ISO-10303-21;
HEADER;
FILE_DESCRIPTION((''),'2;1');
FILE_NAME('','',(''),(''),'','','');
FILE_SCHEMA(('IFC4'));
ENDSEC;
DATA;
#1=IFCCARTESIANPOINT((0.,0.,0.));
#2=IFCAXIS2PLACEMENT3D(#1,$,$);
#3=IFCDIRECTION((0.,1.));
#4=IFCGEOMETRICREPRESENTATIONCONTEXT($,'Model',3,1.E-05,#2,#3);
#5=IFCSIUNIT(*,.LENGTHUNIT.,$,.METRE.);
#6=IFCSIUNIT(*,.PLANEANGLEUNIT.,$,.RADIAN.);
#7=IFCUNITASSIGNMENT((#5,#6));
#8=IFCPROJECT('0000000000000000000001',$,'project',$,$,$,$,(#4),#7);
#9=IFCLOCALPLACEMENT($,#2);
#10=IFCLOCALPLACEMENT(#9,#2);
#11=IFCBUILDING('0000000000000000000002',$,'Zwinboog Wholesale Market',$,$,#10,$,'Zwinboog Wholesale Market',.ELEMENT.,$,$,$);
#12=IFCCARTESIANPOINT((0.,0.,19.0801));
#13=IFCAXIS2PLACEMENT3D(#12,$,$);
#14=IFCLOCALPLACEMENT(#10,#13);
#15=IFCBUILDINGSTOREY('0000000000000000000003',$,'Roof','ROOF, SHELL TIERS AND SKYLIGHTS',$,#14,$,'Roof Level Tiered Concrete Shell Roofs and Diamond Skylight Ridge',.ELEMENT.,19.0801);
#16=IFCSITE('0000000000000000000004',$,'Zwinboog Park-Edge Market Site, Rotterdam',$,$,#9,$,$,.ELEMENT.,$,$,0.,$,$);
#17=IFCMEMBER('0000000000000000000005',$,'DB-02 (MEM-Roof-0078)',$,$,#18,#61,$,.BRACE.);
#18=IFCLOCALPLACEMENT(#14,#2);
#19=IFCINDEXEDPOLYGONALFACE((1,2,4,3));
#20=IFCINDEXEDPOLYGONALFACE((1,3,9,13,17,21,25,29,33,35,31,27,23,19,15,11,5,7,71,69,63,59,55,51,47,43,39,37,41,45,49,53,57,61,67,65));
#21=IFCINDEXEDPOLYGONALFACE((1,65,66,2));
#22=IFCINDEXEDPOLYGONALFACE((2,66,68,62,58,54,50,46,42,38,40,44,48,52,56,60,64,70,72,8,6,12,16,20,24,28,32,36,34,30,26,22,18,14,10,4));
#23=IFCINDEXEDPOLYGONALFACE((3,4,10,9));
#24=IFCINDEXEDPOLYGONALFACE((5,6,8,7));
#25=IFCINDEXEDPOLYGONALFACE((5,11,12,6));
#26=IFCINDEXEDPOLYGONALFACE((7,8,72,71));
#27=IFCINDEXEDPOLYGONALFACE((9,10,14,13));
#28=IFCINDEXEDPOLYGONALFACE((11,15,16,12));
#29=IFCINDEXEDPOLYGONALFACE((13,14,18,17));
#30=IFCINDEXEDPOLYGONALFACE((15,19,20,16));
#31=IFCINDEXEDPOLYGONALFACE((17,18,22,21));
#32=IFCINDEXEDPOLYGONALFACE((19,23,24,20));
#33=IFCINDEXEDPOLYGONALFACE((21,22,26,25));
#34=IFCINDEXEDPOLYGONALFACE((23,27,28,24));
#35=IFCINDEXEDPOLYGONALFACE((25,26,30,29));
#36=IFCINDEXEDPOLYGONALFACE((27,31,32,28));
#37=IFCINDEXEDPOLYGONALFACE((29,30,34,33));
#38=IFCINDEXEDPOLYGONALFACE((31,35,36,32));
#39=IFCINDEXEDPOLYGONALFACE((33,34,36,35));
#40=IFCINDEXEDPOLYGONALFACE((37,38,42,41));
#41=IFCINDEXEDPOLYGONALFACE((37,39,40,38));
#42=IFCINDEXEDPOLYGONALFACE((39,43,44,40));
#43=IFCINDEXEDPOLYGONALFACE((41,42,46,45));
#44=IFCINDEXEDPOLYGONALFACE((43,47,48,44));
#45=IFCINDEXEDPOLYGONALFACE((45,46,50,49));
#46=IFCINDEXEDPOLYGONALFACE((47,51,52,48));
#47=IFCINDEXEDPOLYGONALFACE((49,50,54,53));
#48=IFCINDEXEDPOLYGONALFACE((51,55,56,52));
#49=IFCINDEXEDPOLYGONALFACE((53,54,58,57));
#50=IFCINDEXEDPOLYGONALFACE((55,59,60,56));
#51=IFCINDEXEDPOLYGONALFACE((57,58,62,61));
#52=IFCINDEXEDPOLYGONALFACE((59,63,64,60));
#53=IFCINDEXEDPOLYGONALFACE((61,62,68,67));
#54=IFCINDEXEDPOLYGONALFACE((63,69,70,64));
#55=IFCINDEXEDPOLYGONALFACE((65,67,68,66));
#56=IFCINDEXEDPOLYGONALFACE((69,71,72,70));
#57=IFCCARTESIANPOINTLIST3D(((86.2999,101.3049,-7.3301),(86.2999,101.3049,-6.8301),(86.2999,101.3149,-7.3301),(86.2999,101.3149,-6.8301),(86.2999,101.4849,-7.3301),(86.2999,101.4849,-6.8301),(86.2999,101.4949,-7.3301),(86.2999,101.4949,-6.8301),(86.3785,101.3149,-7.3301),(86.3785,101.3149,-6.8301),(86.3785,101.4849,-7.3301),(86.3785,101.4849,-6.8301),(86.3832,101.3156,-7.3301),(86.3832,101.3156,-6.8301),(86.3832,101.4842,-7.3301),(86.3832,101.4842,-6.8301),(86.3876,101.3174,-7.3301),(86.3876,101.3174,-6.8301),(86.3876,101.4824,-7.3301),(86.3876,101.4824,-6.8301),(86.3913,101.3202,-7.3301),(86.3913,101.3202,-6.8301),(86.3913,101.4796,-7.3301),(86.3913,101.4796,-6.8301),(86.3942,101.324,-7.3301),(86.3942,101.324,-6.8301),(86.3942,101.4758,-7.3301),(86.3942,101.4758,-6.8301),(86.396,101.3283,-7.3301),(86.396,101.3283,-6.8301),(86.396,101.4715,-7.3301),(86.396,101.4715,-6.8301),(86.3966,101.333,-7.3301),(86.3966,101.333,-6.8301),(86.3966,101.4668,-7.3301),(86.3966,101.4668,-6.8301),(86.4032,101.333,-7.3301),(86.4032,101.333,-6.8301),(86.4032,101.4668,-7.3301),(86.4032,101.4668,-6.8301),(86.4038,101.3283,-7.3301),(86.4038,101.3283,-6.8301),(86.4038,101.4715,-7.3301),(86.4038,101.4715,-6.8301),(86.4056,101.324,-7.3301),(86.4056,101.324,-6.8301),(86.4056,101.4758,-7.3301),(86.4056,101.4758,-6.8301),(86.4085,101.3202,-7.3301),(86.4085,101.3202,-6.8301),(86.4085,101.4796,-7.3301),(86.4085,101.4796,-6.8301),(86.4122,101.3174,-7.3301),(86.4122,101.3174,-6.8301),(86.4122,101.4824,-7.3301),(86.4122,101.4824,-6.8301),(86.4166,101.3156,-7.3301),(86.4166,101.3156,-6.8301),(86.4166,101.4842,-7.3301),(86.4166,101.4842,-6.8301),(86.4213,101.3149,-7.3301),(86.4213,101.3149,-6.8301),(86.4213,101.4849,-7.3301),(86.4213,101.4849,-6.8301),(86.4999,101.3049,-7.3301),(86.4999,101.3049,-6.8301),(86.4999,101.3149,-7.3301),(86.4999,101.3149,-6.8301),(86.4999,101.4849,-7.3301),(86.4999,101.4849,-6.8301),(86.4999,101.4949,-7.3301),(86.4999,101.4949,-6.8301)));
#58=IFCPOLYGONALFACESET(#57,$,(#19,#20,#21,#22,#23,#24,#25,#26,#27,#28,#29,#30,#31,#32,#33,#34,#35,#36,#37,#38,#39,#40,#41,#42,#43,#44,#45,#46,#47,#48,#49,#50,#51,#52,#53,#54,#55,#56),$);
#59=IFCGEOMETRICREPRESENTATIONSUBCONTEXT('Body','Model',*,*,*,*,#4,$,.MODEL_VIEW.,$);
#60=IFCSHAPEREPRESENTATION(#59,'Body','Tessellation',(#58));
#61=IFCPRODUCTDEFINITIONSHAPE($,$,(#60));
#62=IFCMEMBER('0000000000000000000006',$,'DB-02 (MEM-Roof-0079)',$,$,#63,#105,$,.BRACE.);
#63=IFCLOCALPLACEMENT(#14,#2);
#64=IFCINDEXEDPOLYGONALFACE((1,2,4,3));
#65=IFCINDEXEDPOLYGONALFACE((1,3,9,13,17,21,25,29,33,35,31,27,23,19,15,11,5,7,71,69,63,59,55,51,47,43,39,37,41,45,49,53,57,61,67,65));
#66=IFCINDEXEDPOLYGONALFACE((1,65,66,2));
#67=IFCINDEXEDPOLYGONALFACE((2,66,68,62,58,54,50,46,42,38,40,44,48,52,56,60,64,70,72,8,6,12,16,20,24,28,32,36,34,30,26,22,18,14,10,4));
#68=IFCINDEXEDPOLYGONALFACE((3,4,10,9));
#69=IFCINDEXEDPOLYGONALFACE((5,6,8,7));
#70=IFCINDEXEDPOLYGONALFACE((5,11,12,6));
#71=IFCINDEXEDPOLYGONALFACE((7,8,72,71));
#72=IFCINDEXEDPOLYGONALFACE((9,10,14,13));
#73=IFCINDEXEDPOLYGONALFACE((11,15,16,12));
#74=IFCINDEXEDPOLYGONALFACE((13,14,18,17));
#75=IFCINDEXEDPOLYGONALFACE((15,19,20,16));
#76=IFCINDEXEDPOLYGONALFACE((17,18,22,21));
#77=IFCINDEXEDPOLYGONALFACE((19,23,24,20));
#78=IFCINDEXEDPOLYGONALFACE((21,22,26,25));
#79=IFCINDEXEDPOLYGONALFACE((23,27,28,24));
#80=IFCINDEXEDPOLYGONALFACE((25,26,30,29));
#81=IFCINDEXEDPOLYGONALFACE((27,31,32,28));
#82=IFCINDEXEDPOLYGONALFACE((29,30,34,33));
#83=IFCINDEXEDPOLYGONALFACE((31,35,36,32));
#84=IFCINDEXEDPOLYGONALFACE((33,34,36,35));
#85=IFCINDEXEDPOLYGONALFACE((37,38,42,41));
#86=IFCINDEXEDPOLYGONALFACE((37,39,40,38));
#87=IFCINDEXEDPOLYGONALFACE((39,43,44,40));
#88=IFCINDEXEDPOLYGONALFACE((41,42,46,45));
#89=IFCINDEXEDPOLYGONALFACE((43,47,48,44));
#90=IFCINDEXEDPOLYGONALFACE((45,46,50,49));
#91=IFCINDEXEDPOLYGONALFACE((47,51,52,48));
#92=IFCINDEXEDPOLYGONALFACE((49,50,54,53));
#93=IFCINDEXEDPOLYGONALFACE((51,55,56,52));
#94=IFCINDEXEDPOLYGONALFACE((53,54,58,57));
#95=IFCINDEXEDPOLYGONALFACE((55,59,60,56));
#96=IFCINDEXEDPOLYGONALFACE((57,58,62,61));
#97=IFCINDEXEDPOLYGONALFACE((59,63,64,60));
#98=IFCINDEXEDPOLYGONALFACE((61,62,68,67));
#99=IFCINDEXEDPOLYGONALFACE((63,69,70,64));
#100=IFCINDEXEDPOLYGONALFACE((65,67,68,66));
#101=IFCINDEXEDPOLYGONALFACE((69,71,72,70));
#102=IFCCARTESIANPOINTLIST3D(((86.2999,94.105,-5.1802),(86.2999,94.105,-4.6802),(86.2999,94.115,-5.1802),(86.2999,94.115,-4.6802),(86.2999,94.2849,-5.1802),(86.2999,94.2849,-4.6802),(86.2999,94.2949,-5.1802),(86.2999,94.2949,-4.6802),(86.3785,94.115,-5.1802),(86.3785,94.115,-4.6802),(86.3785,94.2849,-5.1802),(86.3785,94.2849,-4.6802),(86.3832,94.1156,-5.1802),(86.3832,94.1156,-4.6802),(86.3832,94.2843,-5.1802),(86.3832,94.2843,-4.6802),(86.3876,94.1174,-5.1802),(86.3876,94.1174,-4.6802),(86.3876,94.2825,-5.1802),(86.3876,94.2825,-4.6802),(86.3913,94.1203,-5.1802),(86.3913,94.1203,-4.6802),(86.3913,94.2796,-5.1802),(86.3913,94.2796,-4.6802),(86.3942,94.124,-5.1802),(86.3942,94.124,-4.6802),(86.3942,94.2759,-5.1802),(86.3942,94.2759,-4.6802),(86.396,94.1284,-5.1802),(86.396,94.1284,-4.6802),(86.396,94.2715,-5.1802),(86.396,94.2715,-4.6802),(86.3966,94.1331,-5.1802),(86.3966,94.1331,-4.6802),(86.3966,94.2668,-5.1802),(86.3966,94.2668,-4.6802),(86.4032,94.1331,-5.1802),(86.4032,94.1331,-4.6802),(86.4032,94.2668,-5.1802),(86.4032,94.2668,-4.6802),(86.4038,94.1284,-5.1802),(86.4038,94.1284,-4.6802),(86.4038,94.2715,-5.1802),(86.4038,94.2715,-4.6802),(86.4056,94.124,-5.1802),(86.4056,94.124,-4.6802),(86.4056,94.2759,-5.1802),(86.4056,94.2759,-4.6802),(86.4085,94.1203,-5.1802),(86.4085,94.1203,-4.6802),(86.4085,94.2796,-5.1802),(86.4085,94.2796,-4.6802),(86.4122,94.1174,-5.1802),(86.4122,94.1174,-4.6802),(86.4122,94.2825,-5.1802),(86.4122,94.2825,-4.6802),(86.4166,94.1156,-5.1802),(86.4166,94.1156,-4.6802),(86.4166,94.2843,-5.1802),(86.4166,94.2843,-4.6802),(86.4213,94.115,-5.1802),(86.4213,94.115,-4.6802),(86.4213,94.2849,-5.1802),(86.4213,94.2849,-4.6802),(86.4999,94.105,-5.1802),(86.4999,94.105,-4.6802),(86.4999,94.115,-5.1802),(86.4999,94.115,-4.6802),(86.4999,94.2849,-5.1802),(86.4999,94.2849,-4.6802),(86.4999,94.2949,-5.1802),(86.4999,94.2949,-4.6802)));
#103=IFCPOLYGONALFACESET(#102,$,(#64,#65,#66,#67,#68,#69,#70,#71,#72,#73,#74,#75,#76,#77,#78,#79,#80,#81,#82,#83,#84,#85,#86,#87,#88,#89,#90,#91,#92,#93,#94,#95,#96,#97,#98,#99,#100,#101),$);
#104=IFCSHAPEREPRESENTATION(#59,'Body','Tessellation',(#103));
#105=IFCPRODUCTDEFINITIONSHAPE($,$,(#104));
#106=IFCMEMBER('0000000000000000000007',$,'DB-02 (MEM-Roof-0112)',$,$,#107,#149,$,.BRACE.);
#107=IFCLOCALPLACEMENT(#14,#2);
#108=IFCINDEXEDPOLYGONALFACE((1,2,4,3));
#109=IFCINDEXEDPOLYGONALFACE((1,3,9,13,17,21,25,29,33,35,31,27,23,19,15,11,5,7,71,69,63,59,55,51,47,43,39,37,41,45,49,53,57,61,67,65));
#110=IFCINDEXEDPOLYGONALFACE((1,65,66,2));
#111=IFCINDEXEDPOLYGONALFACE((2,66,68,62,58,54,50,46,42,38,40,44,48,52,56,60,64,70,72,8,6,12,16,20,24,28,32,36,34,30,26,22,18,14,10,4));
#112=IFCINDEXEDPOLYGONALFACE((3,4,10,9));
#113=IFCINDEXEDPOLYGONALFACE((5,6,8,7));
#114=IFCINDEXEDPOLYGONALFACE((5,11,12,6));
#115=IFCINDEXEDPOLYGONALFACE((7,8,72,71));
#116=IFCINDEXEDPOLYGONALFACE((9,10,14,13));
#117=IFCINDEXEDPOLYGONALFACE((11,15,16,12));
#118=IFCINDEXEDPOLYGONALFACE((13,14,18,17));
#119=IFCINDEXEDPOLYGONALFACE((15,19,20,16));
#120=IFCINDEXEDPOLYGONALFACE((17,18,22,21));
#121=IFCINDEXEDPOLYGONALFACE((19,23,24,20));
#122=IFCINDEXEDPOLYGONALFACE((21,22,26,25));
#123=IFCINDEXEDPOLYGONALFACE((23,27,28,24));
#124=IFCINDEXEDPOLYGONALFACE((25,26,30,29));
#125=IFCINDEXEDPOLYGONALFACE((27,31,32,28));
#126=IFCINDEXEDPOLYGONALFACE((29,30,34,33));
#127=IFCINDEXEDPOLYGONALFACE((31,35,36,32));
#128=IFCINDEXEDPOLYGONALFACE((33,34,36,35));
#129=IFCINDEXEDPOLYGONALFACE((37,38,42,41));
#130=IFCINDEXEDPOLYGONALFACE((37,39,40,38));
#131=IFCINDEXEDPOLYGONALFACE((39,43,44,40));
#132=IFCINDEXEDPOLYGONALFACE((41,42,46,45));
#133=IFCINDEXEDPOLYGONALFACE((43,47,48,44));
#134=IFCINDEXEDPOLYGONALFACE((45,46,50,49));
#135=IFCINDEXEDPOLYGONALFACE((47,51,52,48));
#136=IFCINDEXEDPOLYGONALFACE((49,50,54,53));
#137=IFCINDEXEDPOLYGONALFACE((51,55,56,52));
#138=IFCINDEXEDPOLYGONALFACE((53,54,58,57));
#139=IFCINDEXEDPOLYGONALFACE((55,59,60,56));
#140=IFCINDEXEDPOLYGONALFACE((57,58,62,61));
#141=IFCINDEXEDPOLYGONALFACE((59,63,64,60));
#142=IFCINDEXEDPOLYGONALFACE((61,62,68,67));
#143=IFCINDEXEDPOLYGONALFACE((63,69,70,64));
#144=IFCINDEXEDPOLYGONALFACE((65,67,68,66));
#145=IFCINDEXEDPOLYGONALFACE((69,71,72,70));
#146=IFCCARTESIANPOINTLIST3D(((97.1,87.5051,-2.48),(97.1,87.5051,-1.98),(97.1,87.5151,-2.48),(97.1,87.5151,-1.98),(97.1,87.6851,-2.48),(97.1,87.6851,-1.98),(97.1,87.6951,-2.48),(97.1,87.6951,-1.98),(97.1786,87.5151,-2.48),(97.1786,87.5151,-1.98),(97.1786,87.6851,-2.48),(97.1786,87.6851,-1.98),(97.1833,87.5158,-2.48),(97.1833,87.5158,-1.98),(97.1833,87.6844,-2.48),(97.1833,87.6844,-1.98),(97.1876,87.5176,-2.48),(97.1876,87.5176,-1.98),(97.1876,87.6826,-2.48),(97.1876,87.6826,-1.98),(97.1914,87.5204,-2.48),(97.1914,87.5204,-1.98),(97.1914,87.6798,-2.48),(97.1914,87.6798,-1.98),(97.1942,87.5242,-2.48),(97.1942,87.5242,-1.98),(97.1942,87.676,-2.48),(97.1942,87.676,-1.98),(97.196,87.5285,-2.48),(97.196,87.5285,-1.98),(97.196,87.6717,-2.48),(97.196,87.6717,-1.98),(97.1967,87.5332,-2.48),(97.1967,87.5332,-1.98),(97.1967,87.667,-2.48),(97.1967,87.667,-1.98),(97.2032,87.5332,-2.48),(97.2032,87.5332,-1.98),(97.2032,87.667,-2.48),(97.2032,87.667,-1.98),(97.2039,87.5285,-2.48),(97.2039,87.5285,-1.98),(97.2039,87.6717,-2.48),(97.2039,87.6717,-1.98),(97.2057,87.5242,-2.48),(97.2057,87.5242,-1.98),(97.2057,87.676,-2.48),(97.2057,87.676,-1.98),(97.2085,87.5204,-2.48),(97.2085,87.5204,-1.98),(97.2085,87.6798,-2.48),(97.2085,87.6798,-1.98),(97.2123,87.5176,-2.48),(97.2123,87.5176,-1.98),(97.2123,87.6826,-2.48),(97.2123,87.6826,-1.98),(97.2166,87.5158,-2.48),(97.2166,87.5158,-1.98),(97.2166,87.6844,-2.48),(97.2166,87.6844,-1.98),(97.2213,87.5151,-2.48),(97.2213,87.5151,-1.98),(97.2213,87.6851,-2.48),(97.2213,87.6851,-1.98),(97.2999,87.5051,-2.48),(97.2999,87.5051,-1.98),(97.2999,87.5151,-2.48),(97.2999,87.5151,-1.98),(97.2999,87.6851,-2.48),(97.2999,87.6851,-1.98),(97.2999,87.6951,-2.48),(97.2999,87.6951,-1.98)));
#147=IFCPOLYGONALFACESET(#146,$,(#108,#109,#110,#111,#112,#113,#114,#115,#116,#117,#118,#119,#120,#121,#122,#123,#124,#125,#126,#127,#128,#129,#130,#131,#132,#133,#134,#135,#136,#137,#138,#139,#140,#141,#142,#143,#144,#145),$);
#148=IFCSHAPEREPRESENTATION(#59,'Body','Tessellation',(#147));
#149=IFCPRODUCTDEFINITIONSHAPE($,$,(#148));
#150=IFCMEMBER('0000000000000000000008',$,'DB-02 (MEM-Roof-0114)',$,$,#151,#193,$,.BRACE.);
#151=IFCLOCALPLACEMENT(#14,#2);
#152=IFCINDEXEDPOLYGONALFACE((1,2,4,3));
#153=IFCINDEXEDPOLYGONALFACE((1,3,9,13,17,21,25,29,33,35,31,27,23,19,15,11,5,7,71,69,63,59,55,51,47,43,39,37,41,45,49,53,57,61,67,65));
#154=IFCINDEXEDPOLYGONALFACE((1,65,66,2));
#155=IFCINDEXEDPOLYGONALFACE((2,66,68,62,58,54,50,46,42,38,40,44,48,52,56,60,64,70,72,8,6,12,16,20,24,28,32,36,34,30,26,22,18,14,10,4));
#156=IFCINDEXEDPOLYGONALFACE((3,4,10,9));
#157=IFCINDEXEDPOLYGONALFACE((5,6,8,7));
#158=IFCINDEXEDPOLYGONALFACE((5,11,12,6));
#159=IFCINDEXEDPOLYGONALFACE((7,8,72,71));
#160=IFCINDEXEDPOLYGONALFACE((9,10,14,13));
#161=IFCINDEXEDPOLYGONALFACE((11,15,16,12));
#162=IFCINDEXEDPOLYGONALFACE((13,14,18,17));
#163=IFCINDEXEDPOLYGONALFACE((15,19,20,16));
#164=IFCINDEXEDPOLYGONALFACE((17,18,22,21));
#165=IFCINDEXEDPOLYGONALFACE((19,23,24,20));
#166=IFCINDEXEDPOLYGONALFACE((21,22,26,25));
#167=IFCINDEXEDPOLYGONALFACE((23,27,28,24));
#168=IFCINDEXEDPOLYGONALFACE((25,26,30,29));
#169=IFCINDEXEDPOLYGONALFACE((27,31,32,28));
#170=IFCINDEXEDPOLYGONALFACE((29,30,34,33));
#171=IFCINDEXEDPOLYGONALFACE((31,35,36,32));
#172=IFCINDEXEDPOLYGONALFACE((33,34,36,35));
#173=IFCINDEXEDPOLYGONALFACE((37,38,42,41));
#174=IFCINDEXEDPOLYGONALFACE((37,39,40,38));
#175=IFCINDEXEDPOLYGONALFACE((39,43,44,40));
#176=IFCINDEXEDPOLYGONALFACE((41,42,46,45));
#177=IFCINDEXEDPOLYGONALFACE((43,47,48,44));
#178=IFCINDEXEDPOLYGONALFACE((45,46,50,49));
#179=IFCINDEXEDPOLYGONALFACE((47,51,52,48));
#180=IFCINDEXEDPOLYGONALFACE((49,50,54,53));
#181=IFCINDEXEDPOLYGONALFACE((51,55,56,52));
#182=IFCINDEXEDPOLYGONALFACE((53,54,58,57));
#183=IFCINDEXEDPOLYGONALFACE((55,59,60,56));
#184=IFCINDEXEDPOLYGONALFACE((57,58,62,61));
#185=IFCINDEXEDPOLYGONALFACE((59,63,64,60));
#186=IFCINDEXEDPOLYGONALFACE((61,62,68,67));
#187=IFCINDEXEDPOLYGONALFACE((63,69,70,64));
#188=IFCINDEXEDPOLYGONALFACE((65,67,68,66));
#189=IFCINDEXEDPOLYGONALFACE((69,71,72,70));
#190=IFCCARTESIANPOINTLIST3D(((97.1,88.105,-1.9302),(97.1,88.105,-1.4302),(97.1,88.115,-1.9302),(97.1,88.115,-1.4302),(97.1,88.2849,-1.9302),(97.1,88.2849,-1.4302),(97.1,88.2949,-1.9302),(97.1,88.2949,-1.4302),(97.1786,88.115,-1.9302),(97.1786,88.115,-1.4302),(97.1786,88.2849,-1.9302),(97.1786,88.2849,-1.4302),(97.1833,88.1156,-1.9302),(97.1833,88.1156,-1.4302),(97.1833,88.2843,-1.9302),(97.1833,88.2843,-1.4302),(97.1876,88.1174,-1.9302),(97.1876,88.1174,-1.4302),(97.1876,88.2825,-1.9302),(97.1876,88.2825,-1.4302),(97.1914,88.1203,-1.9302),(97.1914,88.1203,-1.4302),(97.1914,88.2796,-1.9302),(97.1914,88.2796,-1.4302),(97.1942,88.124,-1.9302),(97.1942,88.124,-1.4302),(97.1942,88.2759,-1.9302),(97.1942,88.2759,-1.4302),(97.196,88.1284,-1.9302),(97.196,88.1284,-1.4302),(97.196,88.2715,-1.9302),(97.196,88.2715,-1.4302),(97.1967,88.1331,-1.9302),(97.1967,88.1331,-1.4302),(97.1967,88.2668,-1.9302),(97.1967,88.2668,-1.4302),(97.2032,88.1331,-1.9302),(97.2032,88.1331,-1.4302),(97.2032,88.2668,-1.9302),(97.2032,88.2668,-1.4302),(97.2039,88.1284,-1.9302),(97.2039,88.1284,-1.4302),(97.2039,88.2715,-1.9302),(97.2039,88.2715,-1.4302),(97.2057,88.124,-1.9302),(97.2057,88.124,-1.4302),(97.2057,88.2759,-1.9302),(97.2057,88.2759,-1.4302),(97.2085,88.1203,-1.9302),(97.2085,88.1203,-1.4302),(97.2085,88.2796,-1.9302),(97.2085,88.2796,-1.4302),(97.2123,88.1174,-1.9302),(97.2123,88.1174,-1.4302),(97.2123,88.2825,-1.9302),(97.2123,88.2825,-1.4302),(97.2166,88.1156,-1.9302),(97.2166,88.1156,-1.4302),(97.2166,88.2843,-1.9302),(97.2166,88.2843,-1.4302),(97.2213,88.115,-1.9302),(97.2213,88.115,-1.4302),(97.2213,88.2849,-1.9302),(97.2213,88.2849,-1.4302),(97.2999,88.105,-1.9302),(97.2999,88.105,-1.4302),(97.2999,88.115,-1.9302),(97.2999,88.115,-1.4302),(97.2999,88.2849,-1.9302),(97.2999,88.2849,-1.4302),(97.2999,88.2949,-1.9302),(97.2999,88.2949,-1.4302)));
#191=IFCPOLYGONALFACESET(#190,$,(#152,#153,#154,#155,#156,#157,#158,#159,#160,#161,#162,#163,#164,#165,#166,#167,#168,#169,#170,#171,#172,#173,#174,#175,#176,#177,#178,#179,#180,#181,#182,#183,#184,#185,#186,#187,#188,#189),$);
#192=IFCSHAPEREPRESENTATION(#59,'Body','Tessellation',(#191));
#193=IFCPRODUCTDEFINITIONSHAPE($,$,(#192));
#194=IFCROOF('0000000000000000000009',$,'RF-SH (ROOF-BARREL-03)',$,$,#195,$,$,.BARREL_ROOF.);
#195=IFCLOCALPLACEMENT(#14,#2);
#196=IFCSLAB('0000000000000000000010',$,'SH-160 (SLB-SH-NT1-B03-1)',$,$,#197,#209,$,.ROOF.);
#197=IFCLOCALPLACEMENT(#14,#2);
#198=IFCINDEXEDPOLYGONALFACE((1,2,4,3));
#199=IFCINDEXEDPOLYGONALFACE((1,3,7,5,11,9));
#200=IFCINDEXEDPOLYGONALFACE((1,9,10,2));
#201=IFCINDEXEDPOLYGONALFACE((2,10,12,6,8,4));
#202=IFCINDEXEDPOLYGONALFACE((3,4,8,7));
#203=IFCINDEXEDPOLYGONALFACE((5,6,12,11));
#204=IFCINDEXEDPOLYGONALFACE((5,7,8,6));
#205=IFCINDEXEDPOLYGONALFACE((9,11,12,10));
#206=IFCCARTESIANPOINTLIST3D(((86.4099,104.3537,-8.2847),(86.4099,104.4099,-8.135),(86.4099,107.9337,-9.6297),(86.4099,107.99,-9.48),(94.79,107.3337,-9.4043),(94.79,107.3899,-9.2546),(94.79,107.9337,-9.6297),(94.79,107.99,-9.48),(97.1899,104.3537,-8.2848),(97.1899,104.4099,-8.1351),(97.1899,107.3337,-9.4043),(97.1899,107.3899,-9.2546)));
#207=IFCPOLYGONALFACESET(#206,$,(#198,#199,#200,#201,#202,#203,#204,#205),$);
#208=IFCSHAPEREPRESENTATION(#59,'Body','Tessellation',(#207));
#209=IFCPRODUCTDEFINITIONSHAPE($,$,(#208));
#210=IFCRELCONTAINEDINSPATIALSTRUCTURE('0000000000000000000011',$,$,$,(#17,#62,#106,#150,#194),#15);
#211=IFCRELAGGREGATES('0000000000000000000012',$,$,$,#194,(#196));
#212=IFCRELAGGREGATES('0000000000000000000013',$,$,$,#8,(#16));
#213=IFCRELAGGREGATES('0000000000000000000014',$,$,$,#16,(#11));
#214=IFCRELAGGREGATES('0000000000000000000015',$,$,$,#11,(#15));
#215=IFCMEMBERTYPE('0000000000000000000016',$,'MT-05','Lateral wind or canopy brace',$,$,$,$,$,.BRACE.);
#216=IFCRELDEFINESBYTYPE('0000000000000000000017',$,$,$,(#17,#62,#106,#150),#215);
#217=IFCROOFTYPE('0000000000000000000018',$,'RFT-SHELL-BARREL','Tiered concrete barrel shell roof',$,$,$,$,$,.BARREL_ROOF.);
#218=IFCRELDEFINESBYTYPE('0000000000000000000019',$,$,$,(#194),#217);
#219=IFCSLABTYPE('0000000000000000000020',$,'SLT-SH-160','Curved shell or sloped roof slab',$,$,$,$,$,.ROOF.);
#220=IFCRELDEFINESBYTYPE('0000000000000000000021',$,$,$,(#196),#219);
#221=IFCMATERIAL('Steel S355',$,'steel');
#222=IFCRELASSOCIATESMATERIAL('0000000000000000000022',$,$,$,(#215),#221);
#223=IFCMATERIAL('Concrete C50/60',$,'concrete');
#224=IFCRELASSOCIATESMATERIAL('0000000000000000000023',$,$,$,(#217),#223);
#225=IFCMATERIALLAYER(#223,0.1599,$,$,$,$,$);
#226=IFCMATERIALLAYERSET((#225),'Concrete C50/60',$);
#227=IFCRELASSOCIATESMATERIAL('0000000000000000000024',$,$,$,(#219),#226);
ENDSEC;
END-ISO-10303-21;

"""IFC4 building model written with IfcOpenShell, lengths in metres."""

from ifc_helpers import new_model, si_unit, direction, frame, origin, origin_2d, place, context, subcontext, project, spatial, polyline, i_section, outline, extrude, material, layer, layer_set, material_profile, profile_set, type_object, element, aggregate, save


model = new_model("IFC4")

# Units and contexts
model_context = context("Model", 3, precision=1e-05, world=origin(), true_north=direction((0.0, 1.0)))
body_context = subcontext(model_context, "Body", "Model", "MODEL_VIEW")
ifc_project = project(units=[si_unit("LENGTHUNIT", "METRE"), si_unit("PLANEANGLEUNIT", "RADIAN")], contexts=[model_context])

# Site, building, storey
site_placement = place(None, origin())
site = spatial("IfcSite", under=ifc_project, at=site_placement, Name="Zwinboog Park-Edge Market Site, Rotterdam", CompositionType="ELEMENT", RefElevation=0.0)
building_placement = place(site_placement, origin())
building = spatial("IfcBuilding", under=site, at=building_placement, Name="Zwinboog Wholesale Market", LongName="Zwinboog Wholesale Market", CompositionType="ELEMENT")
storey_placement = place(building_placement, frame((0.0, 0.0, 19.0801)))
storey = spatial("IfcBuildingStorey", under=building, at=storey_placement, Name="Roof", Description="ROOF, SHELL TIERS AND SKYLIGHTS", LongName="Roof Level Tiered Concrete Shell Roofs and Diamond Skylight Ridge", CompositionType="ELEMENT", Elevation=19.0801)

# Members
ifc_material_1 = material(Name="Steel S355", Category="steel")
ifc_material_profile_1 = material_profile(ifc_material_1, i_section(OverallWidth=0.2, OverallDepth=0.1899, WebThickness=0.0066, FlangeThickness=0.01, FilletRadius=0.0181, at=origin_2d()), Name="HEA 200")
ifc_profile_set_1 = profile_set([ifc_material_profile_1], Name="Steel S355")
member_type_1 = type_object("IfcMemberType", Name="MT-05", Description="Lateral wind or canopy brace", PredefinedType="BRACE", material=ifc_profile_set_1)
for number, where, z_axis, x_axis, name in (
    (1, (86.3999, 101.3999, -7.3301), (0.0, 0.0, 1.0), (1.0, 0.0, 0.0), "DB-02 (MEM-Roof-0078)"),
    (2, (86.3999, 94.2, -5.1802), (0.0, 0.0, 1.0), (1.0, 0.0, 0.0), "DB-02 (MEM-Roof-0079)"),
    (3, (97.2, 87.6001, -2.48), (0.0, 0.0, 1.0), (1.0, 0.0, 0.0), "DB-02 (MEM-Roof-0112)"),
    (4, (97.2, 88.2, -1.9302), (0.0, 0.0, 1.0), (1.0, 0.0, 0.0), "DB-02 (MEM-Roof-0114)"),
):
    element("IfcMember", number, at=place(storey_placement, frame(where, z_axis=z_axis, x_axis=x_axis)), inside=storey, type_object=member_type_1, Name=name, PredefinedType="BRACE", context=body_context, shape_type="SweptSolid", body=[
        extrude(i_section(OverallWidth=0.2, OverallDepth=0.1899, WebThickness=0.0066, FlangeThickness=0.01, FilletRadius=0.0181, at=origin_2d()), origin(), (0.0, 0.0, 1.0), 0.5),
    ])

# Roof, slab
ifc_material_2 = material(Name="Concrete C50/60", Category="concrete")
roof_type = type_object("IfcRoofType", Name="RFT-SHELL-BARREL", Description="Tiered concrete barrel shell roof", PredefinedType="BARREL_ROOF", material=ifc_material_2)
roof_placement = place(storey_placement, origin())
roof = element("IfcRoof", 5, at=roof_placement, inside=storey, type_object=roof_type, Name="RF-SH (ROOF-BARREL-03)", PredefinedType="BARREL_ROOF")
ifc_layer_1 = layer(ifc_material_2, 0.1599)
ifc_layer_set_1 = layer_set([ifc_layer_1], Name="Concrete C50/60")
slab_type_1 = type_object("IfcSlabType", Name="SLT-SH-160", Description="Curved shell or sloped roof slab", PredefinedType="ROOF", material=ifc_layer_set_1)
slab_1_placement = place(storey_placement, frame((86.4099, 104.4099, -8.135), z_axis=(0.000005, 0.351689, 0.936117), x_axis=(1.0, -0.000002, -0.000004)))
slab_1 = element("IfcSlab", 6, at=slab_1_placement, type_object=slab_type_1, Name="SH-160 (SLB-SH-NT1-B03-1)", PredefinedType="ROOF", context=body_context, shape_type="SweptSolid", body=[
    extrude(outline(polyline([(0.0, 0.0), (10.78, 0.0), (10.78, 3.1834), (8.3801, 3.1834), (8.3801, 3.8244), (0.0, 3.8244), (0.0, 0.0)])), origin(), (0.0, 0.0, -1.0), 0.1599),
])
aggregate(roof, [slab_1])

save(model, "model.ifc")
